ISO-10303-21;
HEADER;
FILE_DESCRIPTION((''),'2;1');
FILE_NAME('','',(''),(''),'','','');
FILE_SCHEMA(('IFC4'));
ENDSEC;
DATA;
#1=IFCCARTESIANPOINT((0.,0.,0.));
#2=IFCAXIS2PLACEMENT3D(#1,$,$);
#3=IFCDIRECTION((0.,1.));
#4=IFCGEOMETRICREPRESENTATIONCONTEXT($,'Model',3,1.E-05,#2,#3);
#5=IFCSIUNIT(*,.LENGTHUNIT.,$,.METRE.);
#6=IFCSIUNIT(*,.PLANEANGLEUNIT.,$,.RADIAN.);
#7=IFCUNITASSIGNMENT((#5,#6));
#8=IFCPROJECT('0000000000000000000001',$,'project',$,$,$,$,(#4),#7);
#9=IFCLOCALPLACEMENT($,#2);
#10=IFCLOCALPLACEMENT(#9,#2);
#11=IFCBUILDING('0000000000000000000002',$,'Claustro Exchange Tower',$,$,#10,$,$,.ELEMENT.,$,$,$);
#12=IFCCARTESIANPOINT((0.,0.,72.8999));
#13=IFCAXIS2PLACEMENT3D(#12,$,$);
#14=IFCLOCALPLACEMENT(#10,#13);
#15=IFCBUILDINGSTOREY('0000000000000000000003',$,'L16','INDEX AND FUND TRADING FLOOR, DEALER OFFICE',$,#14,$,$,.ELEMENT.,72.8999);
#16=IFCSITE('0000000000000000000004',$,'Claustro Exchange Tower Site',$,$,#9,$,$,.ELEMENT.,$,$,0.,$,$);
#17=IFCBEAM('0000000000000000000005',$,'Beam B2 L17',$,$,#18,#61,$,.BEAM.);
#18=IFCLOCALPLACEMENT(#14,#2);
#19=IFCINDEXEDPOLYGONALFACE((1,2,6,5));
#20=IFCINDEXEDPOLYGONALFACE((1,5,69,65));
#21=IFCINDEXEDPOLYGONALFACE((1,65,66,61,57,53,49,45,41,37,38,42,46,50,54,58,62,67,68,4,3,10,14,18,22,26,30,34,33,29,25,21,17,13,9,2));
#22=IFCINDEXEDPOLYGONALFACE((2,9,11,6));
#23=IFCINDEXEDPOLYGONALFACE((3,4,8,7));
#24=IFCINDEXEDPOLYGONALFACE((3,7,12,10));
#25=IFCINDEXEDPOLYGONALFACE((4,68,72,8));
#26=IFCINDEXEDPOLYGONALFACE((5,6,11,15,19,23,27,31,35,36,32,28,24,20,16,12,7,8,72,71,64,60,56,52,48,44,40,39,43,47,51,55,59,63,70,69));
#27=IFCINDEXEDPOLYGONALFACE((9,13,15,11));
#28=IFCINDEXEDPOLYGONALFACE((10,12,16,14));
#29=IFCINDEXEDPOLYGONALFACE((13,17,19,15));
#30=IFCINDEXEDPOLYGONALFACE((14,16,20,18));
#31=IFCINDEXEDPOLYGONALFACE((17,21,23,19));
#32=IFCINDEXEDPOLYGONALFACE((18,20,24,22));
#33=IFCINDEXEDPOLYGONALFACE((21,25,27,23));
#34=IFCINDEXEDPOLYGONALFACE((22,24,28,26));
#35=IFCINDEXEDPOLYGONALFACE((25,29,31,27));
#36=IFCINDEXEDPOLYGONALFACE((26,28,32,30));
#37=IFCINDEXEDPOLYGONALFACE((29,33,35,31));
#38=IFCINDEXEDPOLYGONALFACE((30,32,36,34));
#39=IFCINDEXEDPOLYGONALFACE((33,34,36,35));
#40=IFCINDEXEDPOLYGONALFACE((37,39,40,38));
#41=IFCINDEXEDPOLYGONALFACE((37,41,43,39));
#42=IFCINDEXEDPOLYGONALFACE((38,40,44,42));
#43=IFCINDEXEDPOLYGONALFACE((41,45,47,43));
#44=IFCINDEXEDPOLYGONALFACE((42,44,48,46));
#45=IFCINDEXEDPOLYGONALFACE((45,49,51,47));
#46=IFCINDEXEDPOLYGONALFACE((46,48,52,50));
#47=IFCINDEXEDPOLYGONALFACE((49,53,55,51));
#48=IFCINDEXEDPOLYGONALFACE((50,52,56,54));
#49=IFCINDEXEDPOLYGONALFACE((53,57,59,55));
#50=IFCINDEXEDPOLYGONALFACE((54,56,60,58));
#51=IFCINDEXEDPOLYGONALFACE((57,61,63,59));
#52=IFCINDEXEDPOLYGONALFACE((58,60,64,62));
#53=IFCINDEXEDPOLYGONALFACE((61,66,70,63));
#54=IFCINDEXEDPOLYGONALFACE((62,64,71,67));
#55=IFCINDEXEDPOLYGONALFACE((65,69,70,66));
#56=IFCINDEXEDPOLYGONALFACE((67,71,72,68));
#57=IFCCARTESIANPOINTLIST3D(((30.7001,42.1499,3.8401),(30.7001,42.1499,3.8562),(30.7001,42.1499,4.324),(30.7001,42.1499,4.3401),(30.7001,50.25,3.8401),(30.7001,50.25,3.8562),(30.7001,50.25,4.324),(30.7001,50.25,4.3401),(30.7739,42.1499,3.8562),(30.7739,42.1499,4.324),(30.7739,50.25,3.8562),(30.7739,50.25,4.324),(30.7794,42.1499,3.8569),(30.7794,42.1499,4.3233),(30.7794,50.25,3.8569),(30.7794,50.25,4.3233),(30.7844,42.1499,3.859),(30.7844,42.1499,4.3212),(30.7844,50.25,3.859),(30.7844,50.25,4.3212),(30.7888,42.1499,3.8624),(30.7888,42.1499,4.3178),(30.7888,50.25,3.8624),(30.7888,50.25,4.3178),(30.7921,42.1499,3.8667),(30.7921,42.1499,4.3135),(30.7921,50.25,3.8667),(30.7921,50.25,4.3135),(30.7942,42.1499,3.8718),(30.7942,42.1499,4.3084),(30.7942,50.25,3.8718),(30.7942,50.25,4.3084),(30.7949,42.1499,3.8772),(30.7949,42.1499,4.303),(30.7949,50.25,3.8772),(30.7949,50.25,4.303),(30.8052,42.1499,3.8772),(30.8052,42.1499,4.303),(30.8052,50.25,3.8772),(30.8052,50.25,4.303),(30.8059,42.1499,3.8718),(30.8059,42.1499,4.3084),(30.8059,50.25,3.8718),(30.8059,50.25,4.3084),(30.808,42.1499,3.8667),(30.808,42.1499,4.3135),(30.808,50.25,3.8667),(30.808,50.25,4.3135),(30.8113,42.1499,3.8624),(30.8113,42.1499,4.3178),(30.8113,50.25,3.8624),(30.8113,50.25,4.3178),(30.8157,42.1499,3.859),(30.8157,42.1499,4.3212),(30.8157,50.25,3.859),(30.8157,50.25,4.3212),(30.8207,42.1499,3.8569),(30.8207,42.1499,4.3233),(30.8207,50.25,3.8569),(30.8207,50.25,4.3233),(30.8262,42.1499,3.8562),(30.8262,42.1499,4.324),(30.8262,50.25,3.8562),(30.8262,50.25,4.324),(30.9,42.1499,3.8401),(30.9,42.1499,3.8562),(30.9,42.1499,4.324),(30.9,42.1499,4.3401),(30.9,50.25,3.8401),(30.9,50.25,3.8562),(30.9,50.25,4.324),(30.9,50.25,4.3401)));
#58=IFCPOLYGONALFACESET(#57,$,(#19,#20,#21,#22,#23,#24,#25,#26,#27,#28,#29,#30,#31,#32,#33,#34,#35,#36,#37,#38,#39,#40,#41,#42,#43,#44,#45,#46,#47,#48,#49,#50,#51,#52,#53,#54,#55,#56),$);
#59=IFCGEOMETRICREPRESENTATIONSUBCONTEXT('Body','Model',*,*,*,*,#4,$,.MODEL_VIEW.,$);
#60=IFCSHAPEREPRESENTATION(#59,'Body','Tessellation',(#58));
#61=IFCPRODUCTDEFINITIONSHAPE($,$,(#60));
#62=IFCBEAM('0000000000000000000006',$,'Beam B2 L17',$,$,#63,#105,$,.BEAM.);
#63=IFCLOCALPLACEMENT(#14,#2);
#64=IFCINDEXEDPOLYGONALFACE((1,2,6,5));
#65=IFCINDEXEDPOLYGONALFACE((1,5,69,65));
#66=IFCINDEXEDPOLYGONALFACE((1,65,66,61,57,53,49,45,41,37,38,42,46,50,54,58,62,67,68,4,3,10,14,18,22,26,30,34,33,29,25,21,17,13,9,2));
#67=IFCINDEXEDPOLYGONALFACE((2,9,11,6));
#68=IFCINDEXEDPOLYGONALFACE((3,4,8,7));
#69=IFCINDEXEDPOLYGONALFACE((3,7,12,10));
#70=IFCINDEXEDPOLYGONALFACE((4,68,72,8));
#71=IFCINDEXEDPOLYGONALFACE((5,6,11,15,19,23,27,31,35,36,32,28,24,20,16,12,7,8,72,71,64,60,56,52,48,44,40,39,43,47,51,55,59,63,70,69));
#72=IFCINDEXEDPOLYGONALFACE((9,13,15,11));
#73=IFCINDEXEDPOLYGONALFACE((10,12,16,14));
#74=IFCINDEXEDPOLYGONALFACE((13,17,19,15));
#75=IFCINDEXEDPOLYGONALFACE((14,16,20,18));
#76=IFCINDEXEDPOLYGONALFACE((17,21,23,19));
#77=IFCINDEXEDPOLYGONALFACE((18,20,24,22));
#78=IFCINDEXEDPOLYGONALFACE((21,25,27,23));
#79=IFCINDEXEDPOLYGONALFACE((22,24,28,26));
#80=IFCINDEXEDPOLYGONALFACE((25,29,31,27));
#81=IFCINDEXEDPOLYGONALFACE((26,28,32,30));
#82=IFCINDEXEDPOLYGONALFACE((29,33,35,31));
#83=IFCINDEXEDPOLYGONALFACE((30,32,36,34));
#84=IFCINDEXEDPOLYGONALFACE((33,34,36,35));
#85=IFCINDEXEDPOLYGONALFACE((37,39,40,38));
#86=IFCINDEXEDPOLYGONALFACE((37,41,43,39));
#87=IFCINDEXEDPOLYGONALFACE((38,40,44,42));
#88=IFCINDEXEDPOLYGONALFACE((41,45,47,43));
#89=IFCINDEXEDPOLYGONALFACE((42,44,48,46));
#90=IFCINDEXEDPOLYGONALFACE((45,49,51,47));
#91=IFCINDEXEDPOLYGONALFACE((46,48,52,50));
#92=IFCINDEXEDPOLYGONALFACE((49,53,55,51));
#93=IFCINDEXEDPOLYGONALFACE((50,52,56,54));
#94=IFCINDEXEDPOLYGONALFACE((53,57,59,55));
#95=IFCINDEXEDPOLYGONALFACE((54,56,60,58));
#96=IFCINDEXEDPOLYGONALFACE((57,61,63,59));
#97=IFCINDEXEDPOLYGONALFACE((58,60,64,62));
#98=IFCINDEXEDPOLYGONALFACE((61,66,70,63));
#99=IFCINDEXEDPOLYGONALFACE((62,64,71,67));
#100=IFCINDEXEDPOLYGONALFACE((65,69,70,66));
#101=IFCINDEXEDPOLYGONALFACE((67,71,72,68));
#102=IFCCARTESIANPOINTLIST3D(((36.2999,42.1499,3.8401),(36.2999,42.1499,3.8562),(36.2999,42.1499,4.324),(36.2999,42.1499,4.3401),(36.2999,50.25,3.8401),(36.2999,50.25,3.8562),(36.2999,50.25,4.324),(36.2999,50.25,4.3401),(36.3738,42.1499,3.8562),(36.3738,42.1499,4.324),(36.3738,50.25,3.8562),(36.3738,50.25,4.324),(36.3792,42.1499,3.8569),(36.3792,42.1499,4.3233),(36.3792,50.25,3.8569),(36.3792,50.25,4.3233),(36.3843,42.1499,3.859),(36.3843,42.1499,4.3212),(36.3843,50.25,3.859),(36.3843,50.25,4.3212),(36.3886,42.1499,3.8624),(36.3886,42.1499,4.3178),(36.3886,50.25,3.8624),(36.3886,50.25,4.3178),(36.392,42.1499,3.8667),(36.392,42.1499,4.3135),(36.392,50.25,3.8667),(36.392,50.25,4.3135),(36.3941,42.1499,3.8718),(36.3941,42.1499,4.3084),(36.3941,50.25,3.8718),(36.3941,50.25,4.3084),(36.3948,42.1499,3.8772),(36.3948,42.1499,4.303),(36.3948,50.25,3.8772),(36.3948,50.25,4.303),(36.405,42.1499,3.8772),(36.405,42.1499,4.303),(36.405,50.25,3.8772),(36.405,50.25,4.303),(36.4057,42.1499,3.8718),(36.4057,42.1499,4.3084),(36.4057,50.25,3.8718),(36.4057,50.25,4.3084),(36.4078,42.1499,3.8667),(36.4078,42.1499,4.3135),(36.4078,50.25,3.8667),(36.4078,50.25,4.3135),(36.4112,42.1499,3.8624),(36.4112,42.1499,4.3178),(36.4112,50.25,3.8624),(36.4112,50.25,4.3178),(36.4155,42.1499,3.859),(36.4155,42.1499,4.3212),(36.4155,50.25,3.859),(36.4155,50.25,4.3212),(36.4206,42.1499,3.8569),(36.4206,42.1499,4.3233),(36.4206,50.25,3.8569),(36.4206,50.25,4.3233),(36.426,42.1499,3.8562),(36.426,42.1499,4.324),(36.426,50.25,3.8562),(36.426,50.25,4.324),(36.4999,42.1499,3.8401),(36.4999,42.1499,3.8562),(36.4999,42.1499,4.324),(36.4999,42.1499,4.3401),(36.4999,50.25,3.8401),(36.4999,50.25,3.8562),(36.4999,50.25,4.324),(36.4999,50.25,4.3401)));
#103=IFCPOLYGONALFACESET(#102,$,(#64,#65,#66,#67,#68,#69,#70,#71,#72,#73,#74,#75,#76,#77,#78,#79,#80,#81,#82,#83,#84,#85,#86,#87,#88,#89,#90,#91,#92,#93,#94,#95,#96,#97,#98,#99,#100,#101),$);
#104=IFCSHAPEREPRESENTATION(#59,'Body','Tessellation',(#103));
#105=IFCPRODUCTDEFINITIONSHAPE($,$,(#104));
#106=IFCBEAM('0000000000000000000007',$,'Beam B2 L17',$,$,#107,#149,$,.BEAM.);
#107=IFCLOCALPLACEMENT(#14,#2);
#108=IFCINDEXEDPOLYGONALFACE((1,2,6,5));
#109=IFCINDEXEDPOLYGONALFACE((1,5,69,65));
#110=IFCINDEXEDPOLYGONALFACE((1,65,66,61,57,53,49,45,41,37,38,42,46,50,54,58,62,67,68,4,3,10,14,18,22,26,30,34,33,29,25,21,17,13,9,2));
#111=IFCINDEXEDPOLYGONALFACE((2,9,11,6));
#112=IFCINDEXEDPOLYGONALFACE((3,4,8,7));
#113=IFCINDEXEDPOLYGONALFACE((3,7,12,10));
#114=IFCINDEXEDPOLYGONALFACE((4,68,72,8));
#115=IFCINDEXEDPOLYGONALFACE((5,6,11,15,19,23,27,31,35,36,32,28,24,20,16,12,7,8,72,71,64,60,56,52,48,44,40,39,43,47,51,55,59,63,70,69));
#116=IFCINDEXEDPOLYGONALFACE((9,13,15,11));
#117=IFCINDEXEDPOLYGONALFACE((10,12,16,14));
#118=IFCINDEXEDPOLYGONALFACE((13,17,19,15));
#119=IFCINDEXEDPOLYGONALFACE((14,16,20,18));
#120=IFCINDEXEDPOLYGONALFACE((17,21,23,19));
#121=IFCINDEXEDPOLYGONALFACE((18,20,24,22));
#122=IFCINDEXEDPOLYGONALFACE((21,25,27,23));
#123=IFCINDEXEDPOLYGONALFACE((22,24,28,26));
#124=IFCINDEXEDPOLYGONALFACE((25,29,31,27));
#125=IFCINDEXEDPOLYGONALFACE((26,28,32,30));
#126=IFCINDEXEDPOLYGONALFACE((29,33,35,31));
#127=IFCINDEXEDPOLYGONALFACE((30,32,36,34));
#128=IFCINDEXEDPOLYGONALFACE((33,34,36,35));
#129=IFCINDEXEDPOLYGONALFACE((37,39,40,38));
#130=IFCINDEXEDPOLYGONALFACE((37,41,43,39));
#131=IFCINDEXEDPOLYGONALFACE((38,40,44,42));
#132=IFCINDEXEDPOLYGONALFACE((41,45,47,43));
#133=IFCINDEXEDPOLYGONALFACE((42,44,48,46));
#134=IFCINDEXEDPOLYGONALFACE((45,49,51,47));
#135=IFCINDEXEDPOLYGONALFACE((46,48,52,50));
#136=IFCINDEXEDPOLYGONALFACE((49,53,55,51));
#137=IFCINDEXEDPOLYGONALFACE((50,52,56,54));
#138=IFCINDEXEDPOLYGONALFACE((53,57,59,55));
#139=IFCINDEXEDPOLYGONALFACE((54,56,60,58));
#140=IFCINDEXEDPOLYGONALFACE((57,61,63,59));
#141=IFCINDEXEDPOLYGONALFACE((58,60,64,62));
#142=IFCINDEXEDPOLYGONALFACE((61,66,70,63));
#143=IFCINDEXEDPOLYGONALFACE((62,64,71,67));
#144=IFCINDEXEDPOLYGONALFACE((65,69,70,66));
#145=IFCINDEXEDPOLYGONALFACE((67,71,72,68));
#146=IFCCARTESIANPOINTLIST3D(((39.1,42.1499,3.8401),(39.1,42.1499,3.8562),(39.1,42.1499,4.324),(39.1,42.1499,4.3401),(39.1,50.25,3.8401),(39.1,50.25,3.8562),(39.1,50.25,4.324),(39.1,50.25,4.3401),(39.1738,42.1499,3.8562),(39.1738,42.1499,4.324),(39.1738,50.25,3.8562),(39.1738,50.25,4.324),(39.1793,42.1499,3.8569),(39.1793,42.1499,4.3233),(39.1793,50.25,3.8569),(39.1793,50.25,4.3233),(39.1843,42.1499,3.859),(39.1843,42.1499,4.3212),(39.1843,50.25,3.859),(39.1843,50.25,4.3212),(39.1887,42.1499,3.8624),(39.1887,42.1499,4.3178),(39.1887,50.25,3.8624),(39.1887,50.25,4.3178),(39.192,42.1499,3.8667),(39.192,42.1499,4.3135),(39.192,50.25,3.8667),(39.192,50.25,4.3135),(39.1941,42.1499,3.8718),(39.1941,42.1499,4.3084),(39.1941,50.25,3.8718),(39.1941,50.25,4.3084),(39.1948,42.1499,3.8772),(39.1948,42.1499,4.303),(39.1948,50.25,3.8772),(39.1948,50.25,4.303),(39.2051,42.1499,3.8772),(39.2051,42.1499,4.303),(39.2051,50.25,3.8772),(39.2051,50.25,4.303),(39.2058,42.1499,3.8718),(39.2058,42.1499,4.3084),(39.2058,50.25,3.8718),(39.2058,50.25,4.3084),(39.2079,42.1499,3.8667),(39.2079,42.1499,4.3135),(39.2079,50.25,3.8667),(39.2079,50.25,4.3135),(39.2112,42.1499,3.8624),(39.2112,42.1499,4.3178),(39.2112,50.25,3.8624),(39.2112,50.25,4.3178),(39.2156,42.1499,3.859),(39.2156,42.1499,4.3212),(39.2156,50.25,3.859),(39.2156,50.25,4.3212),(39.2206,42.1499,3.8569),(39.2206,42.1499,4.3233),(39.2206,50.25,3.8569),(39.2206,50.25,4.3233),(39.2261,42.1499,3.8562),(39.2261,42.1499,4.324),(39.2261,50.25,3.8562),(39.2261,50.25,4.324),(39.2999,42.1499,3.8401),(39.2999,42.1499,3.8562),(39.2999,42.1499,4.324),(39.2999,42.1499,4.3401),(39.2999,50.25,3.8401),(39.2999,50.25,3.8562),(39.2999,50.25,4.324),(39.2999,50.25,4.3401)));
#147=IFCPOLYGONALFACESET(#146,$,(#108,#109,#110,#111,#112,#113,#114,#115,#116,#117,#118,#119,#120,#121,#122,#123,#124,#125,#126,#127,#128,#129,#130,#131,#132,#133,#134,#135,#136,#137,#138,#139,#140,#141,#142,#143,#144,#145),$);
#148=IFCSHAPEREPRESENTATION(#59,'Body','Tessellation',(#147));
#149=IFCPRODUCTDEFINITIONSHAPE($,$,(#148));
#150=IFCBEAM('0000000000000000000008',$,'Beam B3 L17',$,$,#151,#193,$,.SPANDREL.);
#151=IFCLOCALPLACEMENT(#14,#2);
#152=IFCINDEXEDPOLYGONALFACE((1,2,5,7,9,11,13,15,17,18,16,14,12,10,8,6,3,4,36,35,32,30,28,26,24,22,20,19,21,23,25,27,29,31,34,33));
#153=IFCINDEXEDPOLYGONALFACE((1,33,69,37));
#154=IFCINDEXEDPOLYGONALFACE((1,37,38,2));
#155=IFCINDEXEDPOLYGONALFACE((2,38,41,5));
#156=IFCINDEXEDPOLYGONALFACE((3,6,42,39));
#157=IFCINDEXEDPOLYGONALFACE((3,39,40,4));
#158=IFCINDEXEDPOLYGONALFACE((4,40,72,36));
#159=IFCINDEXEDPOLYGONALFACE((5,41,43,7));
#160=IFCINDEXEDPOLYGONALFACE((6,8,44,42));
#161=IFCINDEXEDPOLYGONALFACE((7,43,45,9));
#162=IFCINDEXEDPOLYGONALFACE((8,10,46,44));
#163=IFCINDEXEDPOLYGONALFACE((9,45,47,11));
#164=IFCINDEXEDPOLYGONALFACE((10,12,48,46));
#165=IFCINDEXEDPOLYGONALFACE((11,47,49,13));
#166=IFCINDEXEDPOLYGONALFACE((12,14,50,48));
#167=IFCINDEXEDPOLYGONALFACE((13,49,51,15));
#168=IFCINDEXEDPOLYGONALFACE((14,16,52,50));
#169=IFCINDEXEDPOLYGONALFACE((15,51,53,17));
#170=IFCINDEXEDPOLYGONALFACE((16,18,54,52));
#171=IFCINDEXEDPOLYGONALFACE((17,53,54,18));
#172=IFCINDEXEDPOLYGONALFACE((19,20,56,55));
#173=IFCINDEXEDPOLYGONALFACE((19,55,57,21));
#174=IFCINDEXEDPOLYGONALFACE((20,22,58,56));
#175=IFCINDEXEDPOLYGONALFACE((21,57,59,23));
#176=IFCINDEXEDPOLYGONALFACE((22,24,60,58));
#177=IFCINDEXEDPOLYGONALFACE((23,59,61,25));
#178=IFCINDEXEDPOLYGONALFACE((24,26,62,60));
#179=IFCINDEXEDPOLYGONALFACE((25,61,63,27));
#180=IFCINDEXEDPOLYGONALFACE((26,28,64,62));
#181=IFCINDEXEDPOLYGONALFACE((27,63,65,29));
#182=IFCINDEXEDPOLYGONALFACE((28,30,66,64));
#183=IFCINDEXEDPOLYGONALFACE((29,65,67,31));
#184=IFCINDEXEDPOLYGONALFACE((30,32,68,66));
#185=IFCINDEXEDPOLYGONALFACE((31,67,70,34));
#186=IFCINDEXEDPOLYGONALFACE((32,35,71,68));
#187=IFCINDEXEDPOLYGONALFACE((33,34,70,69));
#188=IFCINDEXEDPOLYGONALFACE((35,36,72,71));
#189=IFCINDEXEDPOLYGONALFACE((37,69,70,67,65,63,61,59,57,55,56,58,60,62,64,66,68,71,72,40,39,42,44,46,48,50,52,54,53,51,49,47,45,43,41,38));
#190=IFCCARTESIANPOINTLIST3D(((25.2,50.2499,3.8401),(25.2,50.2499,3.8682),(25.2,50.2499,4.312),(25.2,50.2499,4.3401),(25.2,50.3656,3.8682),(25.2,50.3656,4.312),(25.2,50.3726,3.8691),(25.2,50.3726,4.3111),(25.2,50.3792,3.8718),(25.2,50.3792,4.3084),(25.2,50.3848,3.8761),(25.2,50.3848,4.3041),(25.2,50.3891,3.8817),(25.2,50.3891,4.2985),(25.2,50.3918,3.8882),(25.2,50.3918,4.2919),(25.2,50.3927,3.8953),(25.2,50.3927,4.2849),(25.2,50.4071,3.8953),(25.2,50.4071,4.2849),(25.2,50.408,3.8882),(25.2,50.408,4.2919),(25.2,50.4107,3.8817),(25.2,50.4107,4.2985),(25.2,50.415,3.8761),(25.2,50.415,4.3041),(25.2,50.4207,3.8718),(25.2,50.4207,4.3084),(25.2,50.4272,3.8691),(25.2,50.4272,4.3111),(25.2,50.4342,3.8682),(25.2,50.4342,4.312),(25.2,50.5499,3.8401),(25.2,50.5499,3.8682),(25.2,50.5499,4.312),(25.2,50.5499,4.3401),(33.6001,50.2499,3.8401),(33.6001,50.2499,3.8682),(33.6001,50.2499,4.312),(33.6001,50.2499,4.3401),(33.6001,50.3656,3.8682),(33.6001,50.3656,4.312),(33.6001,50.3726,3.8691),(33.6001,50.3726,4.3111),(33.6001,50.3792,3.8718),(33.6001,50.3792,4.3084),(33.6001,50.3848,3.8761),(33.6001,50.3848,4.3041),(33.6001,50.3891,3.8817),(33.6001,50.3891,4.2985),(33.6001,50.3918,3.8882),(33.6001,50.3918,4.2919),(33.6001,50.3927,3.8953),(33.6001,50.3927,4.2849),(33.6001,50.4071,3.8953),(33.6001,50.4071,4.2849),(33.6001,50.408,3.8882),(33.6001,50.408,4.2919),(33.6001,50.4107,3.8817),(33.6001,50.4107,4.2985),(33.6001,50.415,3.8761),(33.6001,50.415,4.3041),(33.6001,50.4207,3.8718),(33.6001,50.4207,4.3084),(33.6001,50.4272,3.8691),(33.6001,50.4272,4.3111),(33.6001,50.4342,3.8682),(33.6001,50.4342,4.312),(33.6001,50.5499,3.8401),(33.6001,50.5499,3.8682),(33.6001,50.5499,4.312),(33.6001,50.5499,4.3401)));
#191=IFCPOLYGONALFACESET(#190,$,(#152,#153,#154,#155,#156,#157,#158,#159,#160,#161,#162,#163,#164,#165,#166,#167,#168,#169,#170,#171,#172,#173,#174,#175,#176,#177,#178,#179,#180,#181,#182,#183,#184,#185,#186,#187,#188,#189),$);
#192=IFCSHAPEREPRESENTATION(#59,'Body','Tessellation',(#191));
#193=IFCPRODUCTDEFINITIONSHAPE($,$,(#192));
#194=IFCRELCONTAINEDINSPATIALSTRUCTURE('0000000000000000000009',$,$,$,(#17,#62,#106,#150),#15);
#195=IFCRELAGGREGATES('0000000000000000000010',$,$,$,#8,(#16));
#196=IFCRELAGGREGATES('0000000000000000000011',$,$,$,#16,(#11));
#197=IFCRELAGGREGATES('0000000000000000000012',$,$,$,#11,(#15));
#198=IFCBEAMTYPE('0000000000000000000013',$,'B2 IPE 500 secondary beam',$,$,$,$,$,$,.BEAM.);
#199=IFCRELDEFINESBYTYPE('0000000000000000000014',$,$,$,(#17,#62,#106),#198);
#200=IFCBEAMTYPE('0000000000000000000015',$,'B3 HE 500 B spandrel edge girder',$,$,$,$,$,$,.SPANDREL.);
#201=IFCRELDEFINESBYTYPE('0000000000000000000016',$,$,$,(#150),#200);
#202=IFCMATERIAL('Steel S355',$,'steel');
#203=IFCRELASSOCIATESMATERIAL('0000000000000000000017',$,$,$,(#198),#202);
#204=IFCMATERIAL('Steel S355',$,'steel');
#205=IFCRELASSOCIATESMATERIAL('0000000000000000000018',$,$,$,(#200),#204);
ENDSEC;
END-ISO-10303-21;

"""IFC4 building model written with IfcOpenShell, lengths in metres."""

from ifc_helpers import new_model, si_unit, direction, frame, origin, origin_2d, place, context, subcontext, project, spatial, i_section, extrude, material, material_profile, profile_set, type_object, element, save


model = new_model("IFC4")

# Units and contexts
model_context = context("Model", 3, precision=1e-05, world=origin(), true_north=direction((0.0, 1.0)))
body_context = subcontext(model_context, "Body", "Model", "MODEL_VIEW")
ifc_project = project(units=[si_unit("LENGTHUNIT", "METRE"), si_unit("PLANEANGLEUNIT", "RADIAN")], contexts=[model_context])

# Site, building, storey
site_placement = place(None, origin())
site = spatial("IfcSite", under=ifc_project, at=site_placement, Name="Claustro Exchange Tower Site", CompositionType="ELEMENT", RefElevation=0.0)
building_placement = place(site_placement, origin())
building = spatial("IfcBuilding", under=site, at=building_placement, Name="Claustro Exchange Tower", CompositionType="ELEMENT")
storey_placement = place(building_placement, frame((0.0, 0.0, 72.8999)))
storey = spatial("IfcBuildingStorey", under=building, at=storey_placement, Name="L16", Description="INDEX AND FUND TRADING FLOOR, DEALER OFFICE", CompositionType="ELEMENT", Elevation=72.8999)

# Beams
ifc_material_1 = material(Name="Steel S355", Category="steel")
ifc_material_profile_1 = material_profile(ifc_material_1, i_section(OverallWidth=0.2, OverallDepth=0.5, WebThickness=0.0103, FlangeThickness=0.0161, FilletRadius=0.021, at=origin_2d()), Name="IPE 500")
ifc_profile_set_1 = profile_set([ifc_material_profile_1], Name="Steel S355")
beam_type_1 = type_object("IfcBeamType", Name="B2 IPE 500 secondary beam", PredefinedType="BEAM", material=ifc_profile_set_1)
for number, where, z_axis, x_axis, name in (
    (1, (30.8, 42.1499, 4.0901), (0.0, 1.0, 0.0), (-1.0, 0.0, 0.0), "Beam B2 L17"),
    (2, (36.3999, 42.1499, 4.0901), (0.0, 1.0, 0.0), (-1.0, 0.0, 0.0), "Beam B2 L17"),
    (3, (39.2, 42.1499, 4.0901), (0.0, 1.0, 0.0), (-1.0, 0.0, 0.0), "Beam B2 L17"),
):
    element("IfcBeam", number, at=place(storey_placement, frame(where, z_axis=z_axis, x_axis=x_axis)), inside=storey, type_object=beam_type_1, Name=name, PredefinedType="BEAM", context=body_context, shape_type="SweptSolid", body=[
        extrude(i_section(OverallWidth=0.2, OverallDepth=0.5, WebThickness=0.0103, FlangeThickness=0.0161, FilletRadius=0.021, at=origin_2d()), origin(), (0.0, 0.0, 1.0), 8.1001),
    ])
ifc_material_2 = material(Name="Steel S355", Category="steel")
ifc_material_profile_2 = material_profile(ifc_material_2, i_section(OverallWidth=0.3, OverallDepth=0.5, WebThickness=0.0144, FlangeThickness=0.0281, FilletRadius=0.0271, at=origin_2d()), Name="HE 500 B")
ifc_profile_set_2 = profile_set([ifc_material_profile_2], Name="Steel S355")
beam_type_2 = type_object("IfcBeamType", Name="B3 HE 500 B spandrel edge girder", PredefinedType="SPANDREL", material=ifc_profile_set_2)
beam_1_placement = place(storey_placement, frame((25.2, 50.3999, 4.0901), z_axis=(1.0, 0.0, 0.0), x_axis=(0.0, 1.0, 0.0)))
element("IfcBeam", 4, at=beam_1_placement, inside=storey, type_object=beam_type_2, Name="Beam B3 L17", PredefinedType="SPANDREL", context=body_context, shape_type="SweptSolid", body=[
    extrude(i_section(OverallWidth=0.3, OverallDepth=0.5, WebThickness=0.0144, FlangeThickness=0.0281, FilletRadius=0.0271, at=origin_2d()), origin(), (0.0, 0.0, 1.0), 8.4001),
])

save(model, "model.ifc")
